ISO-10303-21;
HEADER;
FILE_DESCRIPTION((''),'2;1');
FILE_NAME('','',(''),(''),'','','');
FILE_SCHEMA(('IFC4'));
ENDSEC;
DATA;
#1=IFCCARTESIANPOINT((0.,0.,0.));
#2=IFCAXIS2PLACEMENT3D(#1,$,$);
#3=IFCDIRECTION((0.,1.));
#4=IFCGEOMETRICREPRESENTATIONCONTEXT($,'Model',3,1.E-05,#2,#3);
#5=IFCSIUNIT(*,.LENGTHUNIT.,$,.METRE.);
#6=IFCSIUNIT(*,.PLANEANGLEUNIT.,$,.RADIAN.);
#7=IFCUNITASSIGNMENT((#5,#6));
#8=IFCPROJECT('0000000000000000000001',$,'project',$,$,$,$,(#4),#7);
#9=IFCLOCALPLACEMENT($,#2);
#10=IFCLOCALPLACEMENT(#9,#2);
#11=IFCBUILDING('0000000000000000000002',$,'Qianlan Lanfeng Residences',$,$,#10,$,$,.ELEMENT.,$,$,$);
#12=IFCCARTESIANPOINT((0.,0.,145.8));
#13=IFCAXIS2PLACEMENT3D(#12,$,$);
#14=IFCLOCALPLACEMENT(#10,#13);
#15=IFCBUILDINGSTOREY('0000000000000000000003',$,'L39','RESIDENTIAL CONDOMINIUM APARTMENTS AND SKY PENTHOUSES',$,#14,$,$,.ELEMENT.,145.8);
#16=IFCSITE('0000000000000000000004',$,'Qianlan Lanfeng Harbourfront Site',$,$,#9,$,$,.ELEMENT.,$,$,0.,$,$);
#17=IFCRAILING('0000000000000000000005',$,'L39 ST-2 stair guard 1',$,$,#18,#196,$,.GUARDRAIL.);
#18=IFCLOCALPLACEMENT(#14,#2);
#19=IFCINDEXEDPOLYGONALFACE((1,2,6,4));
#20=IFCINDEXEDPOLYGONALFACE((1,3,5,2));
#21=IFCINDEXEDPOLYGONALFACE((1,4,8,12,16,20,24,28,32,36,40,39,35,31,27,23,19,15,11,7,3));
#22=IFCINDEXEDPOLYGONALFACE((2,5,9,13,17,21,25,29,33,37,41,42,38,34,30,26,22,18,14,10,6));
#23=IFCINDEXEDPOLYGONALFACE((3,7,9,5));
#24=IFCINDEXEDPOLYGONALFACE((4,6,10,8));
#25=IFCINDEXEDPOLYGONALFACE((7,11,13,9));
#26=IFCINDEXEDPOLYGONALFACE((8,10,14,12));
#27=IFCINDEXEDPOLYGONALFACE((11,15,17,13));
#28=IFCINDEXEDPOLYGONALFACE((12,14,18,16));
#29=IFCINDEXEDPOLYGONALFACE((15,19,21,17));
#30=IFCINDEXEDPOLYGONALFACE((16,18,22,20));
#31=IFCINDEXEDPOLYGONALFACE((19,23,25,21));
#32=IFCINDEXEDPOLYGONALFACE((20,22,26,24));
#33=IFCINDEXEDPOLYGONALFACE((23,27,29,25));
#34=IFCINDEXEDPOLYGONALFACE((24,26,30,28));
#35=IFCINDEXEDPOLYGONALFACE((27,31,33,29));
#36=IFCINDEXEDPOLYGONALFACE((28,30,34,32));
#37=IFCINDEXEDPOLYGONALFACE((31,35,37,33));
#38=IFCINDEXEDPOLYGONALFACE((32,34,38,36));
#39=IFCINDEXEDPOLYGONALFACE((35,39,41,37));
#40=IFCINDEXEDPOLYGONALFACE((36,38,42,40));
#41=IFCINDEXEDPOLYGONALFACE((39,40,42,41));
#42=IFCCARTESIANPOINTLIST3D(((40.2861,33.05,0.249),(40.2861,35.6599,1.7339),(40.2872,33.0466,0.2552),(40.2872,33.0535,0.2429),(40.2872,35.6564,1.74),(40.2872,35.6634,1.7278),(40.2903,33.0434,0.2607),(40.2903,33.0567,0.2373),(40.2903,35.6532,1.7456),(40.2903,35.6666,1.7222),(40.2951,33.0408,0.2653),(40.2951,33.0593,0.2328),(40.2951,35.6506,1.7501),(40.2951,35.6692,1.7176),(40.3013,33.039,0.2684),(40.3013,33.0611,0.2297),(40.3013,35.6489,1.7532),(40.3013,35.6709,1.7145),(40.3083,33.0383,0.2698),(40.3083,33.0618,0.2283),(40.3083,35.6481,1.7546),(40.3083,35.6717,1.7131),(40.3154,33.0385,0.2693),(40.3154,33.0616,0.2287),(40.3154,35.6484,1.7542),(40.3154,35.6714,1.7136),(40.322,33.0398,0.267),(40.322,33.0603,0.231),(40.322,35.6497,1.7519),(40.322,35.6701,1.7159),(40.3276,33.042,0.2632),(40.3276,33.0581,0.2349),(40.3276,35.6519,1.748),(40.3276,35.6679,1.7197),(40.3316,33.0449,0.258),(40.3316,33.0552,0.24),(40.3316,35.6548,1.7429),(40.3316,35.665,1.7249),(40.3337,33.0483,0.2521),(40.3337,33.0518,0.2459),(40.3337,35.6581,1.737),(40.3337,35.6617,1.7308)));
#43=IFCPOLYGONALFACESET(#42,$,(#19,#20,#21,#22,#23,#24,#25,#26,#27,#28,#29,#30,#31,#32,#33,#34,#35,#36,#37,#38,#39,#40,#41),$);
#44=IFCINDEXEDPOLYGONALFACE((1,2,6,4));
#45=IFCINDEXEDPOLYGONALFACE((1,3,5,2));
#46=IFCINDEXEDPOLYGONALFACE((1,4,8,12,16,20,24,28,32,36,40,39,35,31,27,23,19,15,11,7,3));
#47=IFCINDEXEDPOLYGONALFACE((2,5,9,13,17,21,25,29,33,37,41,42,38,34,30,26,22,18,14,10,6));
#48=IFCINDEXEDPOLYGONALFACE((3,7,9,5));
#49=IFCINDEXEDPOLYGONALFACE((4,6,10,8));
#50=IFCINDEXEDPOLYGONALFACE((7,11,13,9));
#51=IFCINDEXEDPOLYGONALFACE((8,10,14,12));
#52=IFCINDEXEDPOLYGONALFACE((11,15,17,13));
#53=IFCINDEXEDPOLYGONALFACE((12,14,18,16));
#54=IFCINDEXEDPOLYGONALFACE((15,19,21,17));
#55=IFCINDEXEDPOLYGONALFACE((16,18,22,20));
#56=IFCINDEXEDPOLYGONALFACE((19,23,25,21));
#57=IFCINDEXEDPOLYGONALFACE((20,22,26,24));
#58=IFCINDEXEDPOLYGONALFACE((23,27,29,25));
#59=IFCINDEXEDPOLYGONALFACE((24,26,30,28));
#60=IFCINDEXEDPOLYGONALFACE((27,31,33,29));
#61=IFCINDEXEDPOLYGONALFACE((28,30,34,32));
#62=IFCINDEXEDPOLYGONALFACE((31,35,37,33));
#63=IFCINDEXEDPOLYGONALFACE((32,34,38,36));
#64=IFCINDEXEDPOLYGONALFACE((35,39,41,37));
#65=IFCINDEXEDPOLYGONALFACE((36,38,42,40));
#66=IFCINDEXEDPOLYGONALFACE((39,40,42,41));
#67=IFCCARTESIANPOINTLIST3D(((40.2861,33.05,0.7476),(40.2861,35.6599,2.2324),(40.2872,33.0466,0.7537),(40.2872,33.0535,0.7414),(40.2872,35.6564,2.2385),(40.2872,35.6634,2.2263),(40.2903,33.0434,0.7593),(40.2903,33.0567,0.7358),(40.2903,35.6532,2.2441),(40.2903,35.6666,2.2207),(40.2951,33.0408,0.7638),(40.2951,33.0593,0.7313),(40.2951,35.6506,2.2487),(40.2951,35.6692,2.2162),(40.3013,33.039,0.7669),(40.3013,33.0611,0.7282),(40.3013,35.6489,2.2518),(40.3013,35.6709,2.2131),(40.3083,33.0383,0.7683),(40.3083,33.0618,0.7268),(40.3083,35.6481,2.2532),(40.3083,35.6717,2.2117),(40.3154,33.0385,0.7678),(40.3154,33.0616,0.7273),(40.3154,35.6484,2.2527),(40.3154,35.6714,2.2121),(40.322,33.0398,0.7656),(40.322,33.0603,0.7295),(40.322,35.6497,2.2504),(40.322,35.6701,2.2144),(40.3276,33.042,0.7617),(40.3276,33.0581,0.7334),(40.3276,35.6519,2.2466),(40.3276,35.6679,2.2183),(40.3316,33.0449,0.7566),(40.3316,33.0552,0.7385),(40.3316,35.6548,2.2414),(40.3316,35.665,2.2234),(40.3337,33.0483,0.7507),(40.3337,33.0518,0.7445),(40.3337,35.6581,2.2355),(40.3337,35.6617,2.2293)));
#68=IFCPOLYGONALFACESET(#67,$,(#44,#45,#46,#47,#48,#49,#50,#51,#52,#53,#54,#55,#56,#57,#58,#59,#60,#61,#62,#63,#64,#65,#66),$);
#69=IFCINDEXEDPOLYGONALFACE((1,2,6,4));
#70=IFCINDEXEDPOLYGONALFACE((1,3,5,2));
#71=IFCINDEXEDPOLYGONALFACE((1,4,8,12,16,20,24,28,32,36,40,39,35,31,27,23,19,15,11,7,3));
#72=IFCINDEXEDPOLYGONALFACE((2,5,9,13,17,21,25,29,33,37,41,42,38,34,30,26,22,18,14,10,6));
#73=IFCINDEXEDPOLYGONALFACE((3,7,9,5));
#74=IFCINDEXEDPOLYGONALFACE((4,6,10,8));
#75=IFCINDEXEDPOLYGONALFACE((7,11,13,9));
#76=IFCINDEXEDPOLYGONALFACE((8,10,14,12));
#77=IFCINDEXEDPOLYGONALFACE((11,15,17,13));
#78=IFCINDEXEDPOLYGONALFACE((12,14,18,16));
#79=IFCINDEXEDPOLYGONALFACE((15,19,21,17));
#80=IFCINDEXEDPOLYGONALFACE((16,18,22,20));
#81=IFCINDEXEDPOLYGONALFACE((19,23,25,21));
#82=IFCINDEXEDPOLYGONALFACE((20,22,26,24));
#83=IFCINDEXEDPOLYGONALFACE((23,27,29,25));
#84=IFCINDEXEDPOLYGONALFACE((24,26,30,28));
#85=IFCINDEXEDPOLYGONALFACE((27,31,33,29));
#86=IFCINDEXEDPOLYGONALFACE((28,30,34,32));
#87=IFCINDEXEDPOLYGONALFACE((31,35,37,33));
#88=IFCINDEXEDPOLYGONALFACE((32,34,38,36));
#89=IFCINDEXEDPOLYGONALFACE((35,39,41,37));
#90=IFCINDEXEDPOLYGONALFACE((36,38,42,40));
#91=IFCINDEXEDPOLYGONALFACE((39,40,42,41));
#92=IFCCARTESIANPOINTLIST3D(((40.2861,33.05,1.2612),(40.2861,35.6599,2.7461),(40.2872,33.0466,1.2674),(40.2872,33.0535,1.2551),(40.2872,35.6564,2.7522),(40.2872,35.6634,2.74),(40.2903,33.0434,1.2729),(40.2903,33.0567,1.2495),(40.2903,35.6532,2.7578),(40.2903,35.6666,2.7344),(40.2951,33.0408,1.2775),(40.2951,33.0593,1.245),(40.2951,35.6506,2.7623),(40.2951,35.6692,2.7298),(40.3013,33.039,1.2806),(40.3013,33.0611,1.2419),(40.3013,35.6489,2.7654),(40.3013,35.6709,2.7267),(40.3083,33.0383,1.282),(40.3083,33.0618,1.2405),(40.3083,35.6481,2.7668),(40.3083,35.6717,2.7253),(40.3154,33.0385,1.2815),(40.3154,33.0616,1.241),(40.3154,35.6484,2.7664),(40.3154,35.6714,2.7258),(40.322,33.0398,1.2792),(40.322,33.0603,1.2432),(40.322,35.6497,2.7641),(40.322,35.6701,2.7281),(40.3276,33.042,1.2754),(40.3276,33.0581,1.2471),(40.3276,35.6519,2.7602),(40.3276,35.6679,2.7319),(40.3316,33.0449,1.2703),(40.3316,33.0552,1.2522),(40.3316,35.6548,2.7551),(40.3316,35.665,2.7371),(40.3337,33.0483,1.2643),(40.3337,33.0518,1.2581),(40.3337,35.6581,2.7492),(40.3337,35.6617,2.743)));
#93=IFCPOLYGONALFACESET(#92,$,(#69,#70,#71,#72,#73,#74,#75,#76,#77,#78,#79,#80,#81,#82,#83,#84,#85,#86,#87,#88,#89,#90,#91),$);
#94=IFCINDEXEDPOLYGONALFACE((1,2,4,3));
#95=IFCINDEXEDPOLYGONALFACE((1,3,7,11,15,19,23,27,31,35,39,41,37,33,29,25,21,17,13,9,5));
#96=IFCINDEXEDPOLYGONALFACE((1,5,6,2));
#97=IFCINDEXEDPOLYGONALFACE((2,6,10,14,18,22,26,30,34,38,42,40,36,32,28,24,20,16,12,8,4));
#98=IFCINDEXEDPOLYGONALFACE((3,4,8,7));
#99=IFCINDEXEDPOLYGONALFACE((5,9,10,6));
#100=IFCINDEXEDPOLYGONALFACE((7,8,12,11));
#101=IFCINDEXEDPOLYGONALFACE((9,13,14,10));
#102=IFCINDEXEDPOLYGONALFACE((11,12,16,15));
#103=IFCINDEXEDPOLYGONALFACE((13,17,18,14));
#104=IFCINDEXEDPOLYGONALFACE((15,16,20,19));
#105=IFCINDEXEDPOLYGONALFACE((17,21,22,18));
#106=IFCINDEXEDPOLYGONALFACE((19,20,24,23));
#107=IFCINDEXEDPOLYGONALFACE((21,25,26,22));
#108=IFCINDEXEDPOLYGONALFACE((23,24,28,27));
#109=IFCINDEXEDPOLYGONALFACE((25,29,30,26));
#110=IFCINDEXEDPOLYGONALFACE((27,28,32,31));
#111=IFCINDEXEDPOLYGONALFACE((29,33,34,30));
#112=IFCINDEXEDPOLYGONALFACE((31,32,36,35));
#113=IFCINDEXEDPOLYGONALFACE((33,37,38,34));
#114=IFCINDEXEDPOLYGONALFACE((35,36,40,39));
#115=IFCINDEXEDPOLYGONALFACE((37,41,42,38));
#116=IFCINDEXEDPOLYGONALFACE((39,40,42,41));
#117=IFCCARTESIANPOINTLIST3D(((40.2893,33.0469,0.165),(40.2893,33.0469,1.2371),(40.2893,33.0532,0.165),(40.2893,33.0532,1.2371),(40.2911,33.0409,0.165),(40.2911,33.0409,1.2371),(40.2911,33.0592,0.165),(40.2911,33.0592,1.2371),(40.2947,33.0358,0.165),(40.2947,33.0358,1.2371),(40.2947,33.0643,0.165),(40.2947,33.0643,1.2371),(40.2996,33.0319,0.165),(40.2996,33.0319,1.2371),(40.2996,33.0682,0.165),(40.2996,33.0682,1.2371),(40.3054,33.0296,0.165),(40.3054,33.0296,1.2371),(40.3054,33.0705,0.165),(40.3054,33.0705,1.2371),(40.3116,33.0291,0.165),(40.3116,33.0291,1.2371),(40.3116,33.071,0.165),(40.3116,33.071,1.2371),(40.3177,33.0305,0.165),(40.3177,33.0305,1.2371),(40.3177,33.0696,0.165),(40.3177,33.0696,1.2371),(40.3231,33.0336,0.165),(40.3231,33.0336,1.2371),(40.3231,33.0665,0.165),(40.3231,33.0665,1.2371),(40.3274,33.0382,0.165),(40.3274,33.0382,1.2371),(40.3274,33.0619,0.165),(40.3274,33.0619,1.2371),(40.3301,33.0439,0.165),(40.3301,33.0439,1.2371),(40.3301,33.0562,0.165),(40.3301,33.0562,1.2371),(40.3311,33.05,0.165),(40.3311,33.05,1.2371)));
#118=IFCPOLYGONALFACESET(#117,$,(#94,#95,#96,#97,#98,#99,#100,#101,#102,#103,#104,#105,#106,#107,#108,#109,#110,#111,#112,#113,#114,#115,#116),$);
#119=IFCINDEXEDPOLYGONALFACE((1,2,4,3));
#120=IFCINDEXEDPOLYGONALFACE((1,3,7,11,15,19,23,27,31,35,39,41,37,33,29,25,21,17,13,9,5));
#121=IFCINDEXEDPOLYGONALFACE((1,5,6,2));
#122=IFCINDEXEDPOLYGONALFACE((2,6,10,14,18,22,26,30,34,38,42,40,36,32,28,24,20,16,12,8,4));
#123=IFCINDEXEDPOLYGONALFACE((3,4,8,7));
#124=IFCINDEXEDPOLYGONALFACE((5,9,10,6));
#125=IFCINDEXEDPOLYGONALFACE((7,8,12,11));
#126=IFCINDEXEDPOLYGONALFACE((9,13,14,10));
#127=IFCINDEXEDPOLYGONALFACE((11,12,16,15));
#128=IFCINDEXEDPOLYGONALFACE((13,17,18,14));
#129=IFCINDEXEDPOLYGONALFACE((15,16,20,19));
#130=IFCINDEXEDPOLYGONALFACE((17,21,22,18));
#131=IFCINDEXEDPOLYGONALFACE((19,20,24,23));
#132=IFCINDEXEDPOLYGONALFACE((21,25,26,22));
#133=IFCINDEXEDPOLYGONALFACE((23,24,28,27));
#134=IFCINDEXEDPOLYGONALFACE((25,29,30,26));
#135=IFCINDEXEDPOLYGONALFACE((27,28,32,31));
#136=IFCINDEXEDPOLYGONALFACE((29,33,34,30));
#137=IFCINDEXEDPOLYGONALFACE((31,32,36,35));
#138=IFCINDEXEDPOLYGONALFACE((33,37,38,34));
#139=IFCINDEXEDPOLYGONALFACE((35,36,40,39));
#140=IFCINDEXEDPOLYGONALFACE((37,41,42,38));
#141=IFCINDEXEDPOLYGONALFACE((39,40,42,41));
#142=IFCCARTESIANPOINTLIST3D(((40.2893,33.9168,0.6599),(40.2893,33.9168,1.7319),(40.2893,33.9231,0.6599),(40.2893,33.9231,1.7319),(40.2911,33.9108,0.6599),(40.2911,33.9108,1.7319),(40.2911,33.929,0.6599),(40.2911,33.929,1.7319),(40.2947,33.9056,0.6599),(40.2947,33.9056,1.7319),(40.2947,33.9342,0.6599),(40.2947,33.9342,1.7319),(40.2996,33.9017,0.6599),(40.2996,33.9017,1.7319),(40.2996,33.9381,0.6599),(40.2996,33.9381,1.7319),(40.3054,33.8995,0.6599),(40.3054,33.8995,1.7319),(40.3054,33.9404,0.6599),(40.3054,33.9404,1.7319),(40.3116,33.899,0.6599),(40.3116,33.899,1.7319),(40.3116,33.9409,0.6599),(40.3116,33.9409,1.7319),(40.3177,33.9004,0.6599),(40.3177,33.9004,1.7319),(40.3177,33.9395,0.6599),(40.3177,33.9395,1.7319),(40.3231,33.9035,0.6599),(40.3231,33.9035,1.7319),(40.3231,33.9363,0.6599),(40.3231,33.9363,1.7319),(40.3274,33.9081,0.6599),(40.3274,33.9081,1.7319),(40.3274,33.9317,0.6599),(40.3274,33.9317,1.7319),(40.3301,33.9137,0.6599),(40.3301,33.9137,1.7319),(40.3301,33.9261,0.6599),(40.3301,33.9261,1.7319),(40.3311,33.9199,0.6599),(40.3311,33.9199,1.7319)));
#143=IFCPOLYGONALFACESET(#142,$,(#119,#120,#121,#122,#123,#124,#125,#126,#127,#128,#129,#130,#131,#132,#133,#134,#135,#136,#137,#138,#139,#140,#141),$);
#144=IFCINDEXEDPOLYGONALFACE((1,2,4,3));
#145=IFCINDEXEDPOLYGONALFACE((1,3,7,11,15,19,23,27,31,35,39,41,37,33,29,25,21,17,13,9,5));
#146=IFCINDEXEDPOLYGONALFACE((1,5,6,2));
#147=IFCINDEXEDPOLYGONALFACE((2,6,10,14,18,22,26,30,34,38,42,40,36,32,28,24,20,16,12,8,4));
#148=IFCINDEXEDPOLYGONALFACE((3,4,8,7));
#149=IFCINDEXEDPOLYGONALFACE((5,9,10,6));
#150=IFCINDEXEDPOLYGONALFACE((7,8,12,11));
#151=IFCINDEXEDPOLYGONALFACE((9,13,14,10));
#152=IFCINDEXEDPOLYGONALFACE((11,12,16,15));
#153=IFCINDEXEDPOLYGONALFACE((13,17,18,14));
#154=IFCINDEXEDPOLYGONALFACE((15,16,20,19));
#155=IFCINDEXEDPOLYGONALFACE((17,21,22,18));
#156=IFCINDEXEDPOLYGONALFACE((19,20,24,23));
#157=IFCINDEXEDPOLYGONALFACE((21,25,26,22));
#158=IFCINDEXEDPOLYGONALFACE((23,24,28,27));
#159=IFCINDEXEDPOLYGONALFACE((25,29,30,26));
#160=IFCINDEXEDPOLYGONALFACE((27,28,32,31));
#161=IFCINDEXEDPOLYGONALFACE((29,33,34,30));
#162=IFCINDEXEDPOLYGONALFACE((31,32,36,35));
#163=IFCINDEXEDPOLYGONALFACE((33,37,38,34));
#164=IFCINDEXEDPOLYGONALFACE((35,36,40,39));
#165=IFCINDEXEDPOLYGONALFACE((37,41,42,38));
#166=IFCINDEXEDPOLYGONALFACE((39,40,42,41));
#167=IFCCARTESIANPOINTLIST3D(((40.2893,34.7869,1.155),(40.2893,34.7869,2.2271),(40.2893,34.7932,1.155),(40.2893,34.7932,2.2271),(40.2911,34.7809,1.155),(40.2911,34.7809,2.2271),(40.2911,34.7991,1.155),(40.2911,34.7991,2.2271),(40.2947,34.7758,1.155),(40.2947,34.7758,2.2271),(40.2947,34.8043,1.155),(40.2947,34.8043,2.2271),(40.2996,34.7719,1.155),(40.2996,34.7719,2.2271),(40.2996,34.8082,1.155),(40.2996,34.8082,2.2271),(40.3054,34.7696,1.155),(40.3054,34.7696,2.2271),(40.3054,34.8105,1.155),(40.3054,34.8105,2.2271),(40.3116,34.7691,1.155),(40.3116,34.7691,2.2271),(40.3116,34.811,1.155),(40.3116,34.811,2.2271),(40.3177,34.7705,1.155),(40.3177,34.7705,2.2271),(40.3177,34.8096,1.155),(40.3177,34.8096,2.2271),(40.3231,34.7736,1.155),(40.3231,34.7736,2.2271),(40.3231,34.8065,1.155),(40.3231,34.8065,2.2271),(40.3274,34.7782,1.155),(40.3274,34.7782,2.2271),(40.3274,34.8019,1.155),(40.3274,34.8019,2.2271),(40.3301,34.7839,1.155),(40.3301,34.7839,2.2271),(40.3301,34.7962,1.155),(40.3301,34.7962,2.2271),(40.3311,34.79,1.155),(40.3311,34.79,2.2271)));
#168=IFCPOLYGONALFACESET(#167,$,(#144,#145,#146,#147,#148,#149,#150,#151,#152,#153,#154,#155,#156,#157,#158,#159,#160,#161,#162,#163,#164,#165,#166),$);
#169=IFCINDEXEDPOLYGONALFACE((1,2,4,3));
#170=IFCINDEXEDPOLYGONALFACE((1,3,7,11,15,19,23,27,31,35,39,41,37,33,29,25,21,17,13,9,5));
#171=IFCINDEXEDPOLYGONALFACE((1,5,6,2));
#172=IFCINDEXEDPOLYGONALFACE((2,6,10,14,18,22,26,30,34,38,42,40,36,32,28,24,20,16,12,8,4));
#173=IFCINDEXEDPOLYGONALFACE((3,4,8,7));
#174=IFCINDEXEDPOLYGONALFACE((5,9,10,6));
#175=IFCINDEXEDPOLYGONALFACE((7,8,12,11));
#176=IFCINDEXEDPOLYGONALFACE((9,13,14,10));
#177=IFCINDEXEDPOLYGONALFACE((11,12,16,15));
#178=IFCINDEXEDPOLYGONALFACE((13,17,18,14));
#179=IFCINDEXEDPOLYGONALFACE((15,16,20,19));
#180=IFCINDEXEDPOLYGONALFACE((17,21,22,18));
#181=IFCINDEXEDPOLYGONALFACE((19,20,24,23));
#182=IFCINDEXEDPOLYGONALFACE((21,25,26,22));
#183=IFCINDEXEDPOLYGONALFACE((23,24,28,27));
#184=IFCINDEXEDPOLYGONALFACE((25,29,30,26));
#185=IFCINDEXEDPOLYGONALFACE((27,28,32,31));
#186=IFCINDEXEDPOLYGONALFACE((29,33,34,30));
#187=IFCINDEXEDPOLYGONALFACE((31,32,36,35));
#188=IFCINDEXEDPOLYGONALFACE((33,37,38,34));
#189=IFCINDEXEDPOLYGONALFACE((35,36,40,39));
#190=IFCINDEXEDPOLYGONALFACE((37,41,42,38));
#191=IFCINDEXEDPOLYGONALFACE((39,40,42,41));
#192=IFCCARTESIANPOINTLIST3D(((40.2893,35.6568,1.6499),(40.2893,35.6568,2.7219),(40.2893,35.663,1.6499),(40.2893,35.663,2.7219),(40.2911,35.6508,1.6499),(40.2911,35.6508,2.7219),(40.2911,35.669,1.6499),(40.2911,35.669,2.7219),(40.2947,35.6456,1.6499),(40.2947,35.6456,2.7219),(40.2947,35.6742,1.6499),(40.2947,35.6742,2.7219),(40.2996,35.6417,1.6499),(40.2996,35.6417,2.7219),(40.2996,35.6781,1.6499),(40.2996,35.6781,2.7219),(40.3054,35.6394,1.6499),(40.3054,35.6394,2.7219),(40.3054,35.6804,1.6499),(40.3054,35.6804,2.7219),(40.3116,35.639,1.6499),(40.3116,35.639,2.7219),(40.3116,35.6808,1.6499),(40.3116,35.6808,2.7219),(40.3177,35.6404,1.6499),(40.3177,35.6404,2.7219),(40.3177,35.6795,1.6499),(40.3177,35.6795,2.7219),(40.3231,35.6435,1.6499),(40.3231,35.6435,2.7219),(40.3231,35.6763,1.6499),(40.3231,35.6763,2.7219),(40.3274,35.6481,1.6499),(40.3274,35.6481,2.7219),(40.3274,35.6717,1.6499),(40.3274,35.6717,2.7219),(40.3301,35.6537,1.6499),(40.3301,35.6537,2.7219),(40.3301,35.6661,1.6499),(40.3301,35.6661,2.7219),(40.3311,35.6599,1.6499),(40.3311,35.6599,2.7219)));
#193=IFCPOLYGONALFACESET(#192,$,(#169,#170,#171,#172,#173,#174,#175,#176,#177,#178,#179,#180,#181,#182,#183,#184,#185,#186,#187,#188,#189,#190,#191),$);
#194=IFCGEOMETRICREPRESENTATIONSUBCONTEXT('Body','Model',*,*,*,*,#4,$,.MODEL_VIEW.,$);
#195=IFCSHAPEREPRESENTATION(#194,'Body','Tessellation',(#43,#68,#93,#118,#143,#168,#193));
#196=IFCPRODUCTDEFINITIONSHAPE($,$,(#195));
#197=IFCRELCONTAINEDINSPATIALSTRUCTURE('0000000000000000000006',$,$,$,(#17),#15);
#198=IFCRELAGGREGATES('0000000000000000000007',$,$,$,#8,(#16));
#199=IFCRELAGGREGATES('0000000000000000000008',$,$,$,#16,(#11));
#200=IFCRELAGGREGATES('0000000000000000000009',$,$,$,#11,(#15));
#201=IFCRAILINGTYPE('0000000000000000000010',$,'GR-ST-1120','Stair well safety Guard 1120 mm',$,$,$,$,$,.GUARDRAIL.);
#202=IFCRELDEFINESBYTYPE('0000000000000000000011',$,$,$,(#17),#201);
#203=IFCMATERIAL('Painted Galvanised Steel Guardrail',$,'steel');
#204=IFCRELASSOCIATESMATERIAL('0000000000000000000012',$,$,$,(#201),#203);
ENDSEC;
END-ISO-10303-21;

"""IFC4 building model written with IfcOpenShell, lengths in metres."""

from ifc_helpers import new_model, si_unit, direction, frame, origin, origin_2d, place, context, subcontext, project, spatial, circle, extrude, material, type_object, element, save


model = new_model("IFC4")

# Units and contexts
model_context = context("Model", 3, precision=1e-05, world=origin(), true_north=direction((0.0, 1.0)))
body_context = subcontext(model_context, "Body", "Model", "MODEL_VIEW")
ifc_project = project(units=[si_unit("LENGTHUNIT", "METRE"), si_unit("PLANEANGLEUNIT", "RADIAN")], contexts=[model_context])

# Site, building, storey
site_placement = place(None, origin())
site = spatial("IfcSite", under=ifc_project, at=site_placement, Name="Qianlan Lanfeng Harbourfront Site", CompositionType="ELEMENT", RefElevation=0.0)
building_placement = place(site_placement, origin())
building = spatial("IfcBuilding", under=site, at=building_placement, Name="Qianlan Lanfeng Residences", CompositionType="ELEMENT")
storey_placement = place(building_placement, frame((0.0, 0.0, 145.8)))
storey = spatial("IfcBuildingStorey", under=building, at=storey_placement, Name="L39", Description="RESIDENTIAL CONDOMINIUM APARTMENTS AND SKY PENTHOUSES", CompositionType="ELEMENT", Elevation=145.8)

# Railing
ifc_material_1 = material(Name="Painted Galvanised Steel Guardrail", Category="steel")
railing_type_1 = type_object("IfcRailingType", Name="GR-ST-1120", Description="Stair well safety Guard 1120 mm", PredefinedType="GUARDRAIL", material=ifc_material_1)
railing_1_placement = place(storey_placement, frame((40.3101, 33.05, 0.165)))
element("IfcRailing", 1, at=railing_1_placement, inside=storey, type_object=railing_type_1, Name="L39 ST-2 stair guard 1", PredefinedType="GUARDRAIL", context=body_context, shape_type="SweptSolid", body=[
    extrude(circle(Radius=0.0239, at=origin_2d()), frame((0.0, 0.0, 0.084), z_axis=(0.0, 0.869172, 0.494509), x_axis=(-1.0, 0.0, 0.0)), (0.0, 0.0, 1.0), 3.0027),
    extrude(circle(Radius=0.0239, at=origin_2d()), frame((0.0, 0.0, 0.5825), z_axis=(0.0, 0.869172, 0.494509), x_axis=(-1.0, 0.0, 0.0)), (0.0, 0.0, 1.0), 3.0027),
    extrude(circle(Radius=0.0239, at=origin_2d()), frame((0.0, 0.0, 1.0962), z_axis=(0.0, 0.869172, 0.494509), x_axis=(-1.0, 0.0, 0.0)), (0.0, 0.0, 1.0), 3.0027),
    extrude(circle(Radius=0.021, at=origin_2d()), origin(), (0.0, 0.0, 1.0), 1.072),
    extrude(circle(Radius=0.021, at=origin_2d()), frame((0.0, 0.8699, 0.4949)), (0.0, 0.0, 1.0), 1.072),
    extrude(circle(Radius=0.021, at=origin_2d()), frame((0.0, 1.74, 0.99)), (0.0, 0.0, 1.0), 1.072),
    extrude(circle(Radius=0.021, at=origin_2d()), frame((0.0, 2.6099, 1.4849)), (0.0, 0.0, 1.0), 1.072),
])

save(model, "model.ifc")
